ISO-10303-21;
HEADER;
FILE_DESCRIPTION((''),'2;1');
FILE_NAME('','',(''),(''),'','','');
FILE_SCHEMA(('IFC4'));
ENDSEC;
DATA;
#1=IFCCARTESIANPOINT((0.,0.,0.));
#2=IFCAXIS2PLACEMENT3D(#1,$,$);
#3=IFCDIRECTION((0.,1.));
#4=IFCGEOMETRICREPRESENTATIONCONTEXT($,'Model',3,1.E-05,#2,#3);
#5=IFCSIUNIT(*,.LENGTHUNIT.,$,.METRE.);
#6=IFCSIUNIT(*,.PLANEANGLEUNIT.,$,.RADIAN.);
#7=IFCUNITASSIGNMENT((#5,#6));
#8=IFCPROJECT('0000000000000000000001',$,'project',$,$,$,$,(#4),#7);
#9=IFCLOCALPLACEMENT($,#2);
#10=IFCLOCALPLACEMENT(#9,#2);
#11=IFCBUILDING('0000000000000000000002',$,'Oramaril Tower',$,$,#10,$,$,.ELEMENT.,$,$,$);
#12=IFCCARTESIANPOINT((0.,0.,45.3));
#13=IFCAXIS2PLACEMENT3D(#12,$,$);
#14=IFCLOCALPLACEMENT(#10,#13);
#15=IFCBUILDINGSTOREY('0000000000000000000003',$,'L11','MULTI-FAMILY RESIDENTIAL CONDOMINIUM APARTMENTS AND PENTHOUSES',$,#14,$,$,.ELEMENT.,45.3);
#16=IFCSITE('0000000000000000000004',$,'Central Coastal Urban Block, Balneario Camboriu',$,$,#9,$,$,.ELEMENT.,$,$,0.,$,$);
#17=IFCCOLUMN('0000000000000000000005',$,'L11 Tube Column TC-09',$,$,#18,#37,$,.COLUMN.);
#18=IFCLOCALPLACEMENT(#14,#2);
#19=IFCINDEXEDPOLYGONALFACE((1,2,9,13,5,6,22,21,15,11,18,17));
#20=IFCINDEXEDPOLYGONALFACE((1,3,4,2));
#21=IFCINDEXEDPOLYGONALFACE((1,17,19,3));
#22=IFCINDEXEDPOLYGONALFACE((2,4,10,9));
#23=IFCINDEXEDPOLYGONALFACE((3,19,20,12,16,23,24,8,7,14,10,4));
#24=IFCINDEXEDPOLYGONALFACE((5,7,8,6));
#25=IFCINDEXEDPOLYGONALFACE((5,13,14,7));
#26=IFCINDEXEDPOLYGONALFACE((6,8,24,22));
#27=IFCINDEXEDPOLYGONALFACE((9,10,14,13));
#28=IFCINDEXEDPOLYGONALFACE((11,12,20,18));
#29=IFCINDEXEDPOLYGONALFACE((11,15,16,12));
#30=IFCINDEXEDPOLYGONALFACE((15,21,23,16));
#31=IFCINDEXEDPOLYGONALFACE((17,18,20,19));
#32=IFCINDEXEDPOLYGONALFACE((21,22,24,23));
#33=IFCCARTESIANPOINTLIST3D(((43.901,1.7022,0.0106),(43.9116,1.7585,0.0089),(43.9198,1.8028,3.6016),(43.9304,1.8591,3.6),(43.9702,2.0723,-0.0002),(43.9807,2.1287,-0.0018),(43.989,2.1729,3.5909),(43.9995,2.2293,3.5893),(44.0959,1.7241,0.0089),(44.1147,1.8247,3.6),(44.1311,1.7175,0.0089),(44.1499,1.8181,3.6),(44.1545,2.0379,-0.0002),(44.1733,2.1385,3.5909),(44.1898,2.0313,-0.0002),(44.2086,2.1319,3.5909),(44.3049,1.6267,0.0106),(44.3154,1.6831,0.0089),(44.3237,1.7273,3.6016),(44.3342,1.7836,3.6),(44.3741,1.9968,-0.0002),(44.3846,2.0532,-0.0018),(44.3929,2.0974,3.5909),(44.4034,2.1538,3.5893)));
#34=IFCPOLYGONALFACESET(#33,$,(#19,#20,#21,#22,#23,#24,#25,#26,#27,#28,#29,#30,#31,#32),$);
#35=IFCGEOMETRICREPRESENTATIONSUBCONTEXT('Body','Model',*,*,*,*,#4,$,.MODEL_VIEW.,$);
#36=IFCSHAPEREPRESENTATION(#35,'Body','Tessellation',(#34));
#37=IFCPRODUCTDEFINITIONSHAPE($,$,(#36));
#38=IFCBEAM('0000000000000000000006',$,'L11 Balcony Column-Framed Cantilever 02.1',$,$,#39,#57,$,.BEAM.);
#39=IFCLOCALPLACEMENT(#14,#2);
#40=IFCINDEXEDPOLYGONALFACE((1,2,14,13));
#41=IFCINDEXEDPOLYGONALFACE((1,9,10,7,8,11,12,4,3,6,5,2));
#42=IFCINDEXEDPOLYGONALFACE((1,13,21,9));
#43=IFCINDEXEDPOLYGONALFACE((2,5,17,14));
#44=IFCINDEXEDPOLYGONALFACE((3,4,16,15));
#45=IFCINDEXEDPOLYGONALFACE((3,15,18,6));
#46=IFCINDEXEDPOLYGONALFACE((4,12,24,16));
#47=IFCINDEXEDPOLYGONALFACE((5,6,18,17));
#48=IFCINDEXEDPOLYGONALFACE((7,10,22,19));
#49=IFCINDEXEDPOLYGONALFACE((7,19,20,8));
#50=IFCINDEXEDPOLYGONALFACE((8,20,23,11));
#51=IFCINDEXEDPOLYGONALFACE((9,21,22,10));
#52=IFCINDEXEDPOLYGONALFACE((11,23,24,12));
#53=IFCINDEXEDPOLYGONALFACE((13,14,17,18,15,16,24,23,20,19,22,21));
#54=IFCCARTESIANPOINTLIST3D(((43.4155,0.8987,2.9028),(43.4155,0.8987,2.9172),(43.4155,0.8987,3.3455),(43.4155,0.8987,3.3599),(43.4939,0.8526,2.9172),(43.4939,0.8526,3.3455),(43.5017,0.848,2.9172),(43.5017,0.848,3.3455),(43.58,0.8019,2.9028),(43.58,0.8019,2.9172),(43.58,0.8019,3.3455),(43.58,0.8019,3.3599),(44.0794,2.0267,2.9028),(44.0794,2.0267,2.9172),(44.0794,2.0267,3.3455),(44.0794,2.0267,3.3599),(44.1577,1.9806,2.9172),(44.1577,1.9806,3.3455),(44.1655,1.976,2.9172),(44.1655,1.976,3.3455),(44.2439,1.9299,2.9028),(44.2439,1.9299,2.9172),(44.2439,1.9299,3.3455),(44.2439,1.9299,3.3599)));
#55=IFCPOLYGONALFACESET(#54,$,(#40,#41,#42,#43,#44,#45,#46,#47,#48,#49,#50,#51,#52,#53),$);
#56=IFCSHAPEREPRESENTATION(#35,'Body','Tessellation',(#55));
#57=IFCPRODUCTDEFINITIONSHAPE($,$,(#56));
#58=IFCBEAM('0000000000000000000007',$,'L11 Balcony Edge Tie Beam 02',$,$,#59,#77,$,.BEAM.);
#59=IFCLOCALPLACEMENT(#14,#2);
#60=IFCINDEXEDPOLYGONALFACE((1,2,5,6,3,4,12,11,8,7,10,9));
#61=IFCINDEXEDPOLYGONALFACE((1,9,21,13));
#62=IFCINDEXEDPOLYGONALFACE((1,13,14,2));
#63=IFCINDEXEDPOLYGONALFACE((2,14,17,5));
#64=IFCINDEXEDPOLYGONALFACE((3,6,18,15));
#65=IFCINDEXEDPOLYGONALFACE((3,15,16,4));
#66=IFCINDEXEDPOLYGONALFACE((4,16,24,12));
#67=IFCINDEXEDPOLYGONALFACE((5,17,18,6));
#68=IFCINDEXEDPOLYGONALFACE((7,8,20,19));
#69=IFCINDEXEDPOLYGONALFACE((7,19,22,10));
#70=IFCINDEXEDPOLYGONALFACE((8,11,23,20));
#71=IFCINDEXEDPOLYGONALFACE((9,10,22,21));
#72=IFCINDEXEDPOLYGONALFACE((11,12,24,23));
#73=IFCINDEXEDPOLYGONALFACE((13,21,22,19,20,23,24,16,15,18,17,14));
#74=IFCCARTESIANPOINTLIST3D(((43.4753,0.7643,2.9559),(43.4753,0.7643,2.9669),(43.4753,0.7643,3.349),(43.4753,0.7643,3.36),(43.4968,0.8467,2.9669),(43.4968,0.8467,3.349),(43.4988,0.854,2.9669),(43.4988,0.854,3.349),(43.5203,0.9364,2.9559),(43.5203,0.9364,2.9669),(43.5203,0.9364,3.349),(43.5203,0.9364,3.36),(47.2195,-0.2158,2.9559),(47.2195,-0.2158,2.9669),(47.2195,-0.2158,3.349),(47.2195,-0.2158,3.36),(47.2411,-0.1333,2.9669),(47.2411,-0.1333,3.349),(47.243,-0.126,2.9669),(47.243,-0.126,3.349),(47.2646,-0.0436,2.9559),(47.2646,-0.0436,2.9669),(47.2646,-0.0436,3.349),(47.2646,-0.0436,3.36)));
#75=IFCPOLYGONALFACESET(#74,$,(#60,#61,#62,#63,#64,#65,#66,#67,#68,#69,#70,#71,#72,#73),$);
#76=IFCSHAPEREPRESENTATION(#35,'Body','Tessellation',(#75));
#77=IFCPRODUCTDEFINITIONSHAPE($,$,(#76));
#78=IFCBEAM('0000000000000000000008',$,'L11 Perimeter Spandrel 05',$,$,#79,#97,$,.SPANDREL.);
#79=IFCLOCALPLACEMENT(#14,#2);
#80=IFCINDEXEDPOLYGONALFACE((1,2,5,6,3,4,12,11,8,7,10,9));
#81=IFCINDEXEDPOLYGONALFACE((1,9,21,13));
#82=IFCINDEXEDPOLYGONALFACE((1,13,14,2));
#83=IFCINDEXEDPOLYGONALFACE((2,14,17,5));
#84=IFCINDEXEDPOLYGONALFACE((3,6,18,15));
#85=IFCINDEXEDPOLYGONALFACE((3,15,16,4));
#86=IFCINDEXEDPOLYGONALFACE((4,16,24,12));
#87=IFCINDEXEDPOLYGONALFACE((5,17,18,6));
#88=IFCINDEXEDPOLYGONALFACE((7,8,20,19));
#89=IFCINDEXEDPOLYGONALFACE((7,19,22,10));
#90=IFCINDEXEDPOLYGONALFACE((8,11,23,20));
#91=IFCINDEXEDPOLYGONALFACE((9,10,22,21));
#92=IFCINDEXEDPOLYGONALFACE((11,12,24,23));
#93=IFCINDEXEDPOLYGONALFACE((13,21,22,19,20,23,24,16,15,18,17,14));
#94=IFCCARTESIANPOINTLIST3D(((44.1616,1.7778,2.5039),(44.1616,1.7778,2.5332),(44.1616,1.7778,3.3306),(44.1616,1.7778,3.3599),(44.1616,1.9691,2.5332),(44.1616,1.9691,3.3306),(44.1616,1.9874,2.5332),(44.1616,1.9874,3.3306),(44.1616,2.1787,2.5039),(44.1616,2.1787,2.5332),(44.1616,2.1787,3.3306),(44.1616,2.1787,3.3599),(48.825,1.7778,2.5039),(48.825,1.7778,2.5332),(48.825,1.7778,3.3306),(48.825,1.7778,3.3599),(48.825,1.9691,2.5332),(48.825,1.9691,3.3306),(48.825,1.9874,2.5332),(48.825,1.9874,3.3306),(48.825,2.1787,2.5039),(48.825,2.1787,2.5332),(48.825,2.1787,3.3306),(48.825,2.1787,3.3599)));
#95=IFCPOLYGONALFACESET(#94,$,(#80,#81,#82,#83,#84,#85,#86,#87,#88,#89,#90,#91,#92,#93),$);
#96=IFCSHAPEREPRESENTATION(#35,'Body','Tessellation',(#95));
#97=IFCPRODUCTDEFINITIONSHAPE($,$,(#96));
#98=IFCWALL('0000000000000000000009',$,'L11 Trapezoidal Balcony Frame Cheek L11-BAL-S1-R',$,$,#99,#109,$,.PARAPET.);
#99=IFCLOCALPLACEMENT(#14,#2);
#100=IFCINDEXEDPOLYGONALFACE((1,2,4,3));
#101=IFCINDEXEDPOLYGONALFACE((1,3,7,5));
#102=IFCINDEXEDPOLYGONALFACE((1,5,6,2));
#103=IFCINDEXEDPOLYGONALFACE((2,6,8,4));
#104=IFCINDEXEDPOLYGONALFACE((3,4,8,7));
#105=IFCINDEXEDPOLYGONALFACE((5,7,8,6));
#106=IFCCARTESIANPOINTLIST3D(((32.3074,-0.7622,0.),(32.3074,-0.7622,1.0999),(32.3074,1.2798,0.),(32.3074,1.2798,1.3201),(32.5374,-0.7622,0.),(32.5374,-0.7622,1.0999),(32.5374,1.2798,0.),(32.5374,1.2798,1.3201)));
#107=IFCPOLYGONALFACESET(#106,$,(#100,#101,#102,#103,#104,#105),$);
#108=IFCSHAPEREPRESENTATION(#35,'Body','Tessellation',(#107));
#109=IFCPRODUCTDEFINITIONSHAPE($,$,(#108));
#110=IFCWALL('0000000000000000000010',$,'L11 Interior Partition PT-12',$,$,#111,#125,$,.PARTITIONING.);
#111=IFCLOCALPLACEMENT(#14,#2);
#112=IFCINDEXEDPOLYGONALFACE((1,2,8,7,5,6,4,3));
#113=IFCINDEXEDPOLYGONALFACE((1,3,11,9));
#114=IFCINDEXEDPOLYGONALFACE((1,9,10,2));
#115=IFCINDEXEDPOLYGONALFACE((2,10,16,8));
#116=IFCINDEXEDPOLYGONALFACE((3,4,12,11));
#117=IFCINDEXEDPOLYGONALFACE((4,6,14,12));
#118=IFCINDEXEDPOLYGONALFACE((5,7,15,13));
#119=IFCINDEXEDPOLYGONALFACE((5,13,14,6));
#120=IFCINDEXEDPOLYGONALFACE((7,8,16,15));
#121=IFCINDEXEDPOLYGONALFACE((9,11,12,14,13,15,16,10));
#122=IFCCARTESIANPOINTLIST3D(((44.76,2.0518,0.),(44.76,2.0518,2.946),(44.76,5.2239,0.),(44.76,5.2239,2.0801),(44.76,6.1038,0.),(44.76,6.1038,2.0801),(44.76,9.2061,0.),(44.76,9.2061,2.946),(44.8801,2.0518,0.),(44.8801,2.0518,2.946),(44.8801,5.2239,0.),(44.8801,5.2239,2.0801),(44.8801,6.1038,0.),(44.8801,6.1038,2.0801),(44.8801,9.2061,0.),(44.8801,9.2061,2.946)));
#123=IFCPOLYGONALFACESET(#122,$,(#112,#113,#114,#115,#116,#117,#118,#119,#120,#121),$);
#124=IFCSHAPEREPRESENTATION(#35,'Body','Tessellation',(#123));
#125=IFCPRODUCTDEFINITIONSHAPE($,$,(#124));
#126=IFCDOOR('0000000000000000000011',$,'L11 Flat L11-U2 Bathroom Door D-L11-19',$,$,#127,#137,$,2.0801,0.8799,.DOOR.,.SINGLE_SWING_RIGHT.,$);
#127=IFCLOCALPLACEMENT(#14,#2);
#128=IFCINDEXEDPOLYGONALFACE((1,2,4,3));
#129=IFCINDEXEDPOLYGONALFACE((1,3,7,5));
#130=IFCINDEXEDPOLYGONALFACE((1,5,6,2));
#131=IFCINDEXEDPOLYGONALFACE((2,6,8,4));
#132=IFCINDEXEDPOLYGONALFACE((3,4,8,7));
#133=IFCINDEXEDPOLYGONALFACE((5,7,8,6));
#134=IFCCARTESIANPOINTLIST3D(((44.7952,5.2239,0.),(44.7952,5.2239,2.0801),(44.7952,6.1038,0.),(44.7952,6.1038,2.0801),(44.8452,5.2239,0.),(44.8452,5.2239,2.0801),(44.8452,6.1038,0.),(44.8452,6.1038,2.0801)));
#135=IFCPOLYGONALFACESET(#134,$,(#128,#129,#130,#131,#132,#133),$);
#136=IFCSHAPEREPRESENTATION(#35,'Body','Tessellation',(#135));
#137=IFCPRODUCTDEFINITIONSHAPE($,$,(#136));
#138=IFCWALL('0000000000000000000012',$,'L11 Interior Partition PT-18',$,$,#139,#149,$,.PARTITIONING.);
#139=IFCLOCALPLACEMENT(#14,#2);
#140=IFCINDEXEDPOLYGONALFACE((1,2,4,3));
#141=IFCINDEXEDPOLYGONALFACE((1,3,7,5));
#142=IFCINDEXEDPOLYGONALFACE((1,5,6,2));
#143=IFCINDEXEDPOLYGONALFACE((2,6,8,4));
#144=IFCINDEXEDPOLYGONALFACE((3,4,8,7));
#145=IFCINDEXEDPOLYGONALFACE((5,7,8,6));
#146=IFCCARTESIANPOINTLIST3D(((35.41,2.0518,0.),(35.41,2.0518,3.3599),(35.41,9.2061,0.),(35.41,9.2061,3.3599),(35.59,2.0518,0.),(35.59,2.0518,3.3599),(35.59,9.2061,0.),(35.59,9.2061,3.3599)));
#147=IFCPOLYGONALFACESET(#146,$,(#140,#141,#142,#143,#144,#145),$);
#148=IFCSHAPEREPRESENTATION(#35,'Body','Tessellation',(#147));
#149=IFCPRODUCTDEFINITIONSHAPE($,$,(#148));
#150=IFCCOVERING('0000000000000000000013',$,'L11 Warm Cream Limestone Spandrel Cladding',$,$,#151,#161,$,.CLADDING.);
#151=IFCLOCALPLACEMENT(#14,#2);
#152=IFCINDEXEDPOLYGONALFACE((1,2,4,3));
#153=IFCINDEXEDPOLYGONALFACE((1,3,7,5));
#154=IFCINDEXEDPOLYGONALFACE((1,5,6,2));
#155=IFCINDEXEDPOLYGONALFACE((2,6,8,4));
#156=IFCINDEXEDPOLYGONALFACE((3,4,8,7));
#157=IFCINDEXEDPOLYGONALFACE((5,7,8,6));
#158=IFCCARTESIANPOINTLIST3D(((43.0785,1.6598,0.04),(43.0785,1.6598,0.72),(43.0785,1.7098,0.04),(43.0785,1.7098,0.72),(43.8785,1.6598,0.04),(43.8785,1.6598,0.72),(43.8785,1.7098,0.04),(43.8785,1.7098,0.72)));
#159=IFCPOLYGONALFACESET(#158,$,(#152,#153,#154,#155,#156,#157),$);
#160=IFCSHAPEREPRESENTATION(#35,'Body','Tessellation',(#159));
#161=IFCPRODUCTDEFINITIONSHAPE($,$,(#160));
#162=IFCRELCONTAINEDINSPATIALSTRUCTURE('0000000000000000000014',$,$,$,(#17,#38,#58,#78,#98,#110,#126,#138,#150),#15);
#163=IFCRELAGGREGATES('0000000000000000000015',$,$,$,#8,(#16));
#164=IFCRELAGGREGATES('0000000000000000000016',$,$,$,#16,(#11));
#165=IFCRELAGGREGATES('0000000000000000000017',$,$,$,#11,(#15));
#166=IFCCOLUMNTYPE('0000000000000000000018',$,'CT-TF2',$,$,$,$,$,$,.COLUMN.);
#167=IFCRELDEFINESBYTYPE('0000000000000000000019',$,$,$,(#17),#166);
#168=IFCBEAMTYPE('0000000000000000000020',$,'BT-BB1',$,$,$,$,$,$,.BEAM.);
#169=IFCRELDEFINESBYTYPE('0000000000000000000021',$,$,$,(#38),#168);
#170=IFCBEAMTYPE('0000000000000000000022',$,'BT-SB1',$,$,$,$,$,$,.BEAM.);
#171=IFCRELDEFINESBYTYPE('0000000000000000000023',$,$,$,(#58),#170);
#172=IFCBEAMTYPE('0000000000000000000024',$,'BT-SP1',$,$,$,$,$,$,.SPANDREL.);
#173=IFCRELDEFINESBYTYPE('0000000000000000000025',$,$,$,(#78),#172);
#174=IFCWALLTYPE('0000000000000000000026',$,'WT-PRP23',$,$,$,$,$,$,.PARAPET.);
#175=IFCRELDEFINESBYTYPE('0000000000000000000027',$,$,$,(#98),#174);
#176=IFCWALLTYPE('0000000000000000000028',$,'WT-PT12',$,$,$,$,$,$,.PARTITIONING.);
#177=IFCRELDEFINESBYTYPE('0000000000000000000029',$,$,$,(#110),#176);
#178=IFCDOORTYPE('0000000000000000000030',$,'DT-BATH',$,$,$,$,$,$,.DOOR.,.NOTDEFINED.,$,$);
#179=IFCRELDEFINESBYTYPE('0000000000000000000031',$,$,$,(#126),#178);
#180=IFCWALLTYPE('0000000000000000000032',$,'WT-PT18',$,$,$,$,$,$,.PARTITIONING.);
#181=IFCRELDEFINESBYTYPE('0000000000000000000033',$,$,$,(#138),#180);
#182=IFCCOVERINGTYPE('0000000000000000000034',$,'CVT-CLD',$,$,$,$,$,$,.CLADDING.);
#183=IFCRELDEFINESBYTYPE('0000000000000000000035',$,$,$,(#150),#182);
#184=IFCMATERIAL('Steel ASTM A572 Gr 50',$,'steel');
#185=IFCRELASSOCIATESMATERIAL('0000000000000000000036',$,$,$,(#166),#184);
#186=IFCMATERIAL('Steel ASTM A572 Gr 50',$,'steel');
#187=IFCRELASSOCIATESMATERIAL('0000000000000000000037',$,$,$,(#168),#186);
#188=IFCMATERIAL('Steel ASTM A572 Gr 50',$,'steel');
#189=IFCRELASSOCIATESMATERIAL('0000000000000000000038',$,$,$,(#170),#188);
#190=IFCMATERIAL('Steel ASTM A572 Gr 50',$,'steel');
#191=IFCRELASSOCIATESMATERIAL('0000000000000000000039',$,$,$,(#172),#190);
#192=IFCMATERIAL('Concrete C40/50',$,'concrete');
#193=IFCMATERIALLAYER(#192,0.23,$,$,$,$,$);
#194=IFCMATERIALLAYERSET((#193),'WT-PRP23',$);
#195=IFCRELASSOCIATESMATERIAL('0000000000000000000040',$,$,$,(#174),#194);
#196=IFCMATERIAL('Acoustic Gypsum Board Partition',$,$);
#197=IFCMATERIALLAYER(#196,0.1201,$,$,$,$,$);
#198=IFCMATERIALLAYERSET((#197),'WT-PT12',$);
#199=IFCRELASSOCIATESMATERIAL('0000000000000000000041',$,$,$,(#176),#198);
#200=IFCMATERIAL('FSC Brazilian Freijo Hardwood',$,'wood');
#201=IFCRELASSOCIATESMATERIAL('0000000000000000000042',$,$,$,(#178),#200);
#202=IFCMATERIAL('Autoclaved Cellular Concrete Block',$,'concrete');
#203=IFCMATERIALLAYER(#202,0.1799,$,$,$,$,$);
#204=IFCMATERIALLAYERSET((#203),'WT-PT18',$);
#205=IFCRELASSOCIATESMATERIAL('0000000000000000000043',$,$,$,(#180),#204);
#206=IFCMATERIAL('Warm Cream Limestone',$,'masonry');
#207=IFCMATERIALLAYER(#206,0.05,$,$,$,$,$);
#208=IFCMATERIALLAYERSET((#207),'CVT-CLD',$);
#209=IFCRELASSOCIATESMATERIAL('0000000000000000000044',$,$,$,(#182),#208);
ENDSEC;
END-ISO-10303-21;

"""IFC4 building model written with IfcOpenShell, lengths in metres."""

from ifc_helpers import new_model, si_unit, direction, frame, frame_2d, origin, origin_2d, place, context, subcontext, project, spatial, polyline, rectangle, i_section, outline, extrude, material, layer, layer_set, material_profile, profile_set, type_object, element, fill, save


model = new_model("IFC4")

# Units and contexts
model_context = context("Model", 3, precision=1e-05, world=origin(), true_north=direction((0.0, 1.0)))
body_context = subcontext(model_context, "Body", "Model", "MODEL_VIEW")
ifc_project = project(units=[si_unit("LENGTHUNIT", "METRE"), si_unit("PLANEANGLEUNIT", "RADIAN")], contexts=[model_context])

# Site, building, storey
site_placement = place(None, origin())
site = spatial("IfcSite", under=ifc_project, at=site_placement, Name="Central Coastal Urban Block, Balneario Camboriu", CompositionType="ELEMENT", RefElevation=0.0)
building_placement = place(site_placement, origin())
building = spatial("IfcBuilding", under=site, at=building_placement, Name="Oramaril Tower", CompositionType="ELEMENT")
storey_placement = place(building_placement, frame((0.0, 0.0, 45.3)))
storey = spatial("IfcBuildingStorey", under=building, at=storey_placement, Name="L11", Description="MULTI-FAMILY RESIDENTIAL CONDOMINIUM APARTMENTS AND PENTHOUSES", CompositionType="ELEMENT", Elevation=45.3)

# Column
ifc_material_1 = material(Name="Steel ASTM A572 Gr 50", Category="steel")
ifc_material_profile_1 = material_profile(ifc_material_1, i_section(OverallWidth=0.4109, OverallDepth=0.4341, WebThickness=0.0359, FlangeThickness=0.0574, at=origin_2d()), Name="W14X311")
ifc_profile_set_1 = profile_set([ifc_material_profile_1], Name="Steel ASTM A572 Gr 50")
column_type = type_object("IfcColumnType", Name="CT-TF2", PredefinedType="COLUMN", material=ifc_profile_set_1)
column_placement = place(storey_placement, frame((44.1428, 1.8777, 0.0044), z_axis=(0.005233, 0.027999, 0.999594), x_axis=(-0.98298, 0.183712, 0.0)))
element("IfcColumn", 1, at=column_placement, inside=storey, type_object=column_type, Name="L11 Tube Column TC-09", PredefinedType="COLUMN", context=body_context, shape_type="SweptSolid", body=[
    extrude(i_section(OverallWidth=0.4109, OverallDepth=0.4341, WebThickness=0.0359, FlangeThickness=0.0574, at=origin_2d()), origin(), (0.0, 0.0, 1.0), 3.5925),
])

# Beams
ifc_material_2 = material(Name="Steel ASTM A572 Gr 50", Category="steel")
ifc_material_profile_2 = material_profile(ifc_material_2, i_section(OverallWidth=0.1909, OverallDepth=0.457, WebThickness=0.009, FlangeThickness=0.0144, at=origin_2d()), Name="W18X50")
ifc_profile_set_2 = profile_set([ifc_material_profile_2], Name="Steel ASTM A572 Gr 50")
beam_type_1 = type_object("IfcBeamType", Name="BT-BB1", PredefinedType="BEAM", material=ifc_profile_set_2)
beam_1_placement = place(storey_placement, frame((44.1616, 1.9783, 3.1313), z_axis=(-0.507208, -0.861824, 0.0), x_axis=(0.861824, -0.507208, 0.0)))
element("IfcBeam", 2, at=beam_1_placement, inside=storey, type_object=beam_type_1, Name="L11 Balcony Column-Framed Cantilever 02.1", PredefinedType="BEAM", context=body_context, shape_type="SweptSolid", body=[
    extrude(i_section(OverallWidth=0.1909, OverallDepth=0.457, WebThickness=0.009, FlangeThickness=0.0144, at=origin_2d()), origin(), (0.0, 0.0, 1.0), 1.3088),
])
ifc_material_3 = material(Name="Steel ASTM A572 Gr 50", Category="steel")
ifc_material_profile_3 = material_profile(ifc_material_3, i_section(OverallWidth=0.178, OverallDepth=0.4041, WebThickness=0.0076, FlangeThickness=0.011, at=origin_2d()), Name="W16X36")
ifc_profile_set_3 = profile_set([ifc_material_profile_3], Name="Steel ASTM A572 Gr 50")
beam_type_2 = type_object("IfcBeamType", Name="BT-SB1", PredefinedType="BEAM", material=ifc_profile_set_3)
beam_2_placement = place(storey_placement, frame((43.4978, 0.8503, 3.158), z_axis=(0.967412, -0.253208, 0.0), x_axis=(0.253208, 0.967412, 0.0)))
element("IfcBeam", 3, at=beam_2_placement, inside=storey, type_object=beam_type_2, Name="L11 Balcony Edge Tie Beam 02", PredefinedType="BEAM", context=body_context, shape_type="SweptSolid", body=[
    extrude(i_section(OverallWidth=0.178, OverallDepth=0.4041, WebThickness=0.0076, FlangeThickness=0.011, at=origin_2d()), origin(), (0.0, 0.0, 1.0), 3.8704),
])
ifc_material_4 = material(Name="Steel ASTM A572 Gr 50", Category="steel")
ifc_material_profile_4 = material_profile(ifc_material_4, i_section(OverallWidth=0.4009, OverallDepth=0.856, WebThickness=0.0183, FlangeThickness=0.0293, at=origin_2d()), Name="W33X201")
ifc_profile_set_4 = profile_set([ifc_material_profile_4], Name="Steel ASTM A572 Gr 50")
beam_type_3 = type_object("IfcBeamType", Name="BT-SP1", PredefinedType="SPANDREL", material=ifc_profile_set_4)
beam_3_placement = place(storey_placement, frame((44.1616, 1.9783, 2.9319), z_axis=(1.0, 0.0, 0.0), x_axis=(0.0, 1.0, 0.0)))
element("IfcBeam", 4, at=beam_3_placement, inside=storey, type_object=beam_type_3, Name="L11 Perimeter Spandrel 05", PredefinedType="SPANDREL", context=body_context, shape_type="SweptSolid", body=[
    extrude(i_section(OverallWidth=0.4009, OverallDepth=0.856, WebThickness=0.0183, FlangeThickness=0.0293, at=origin_2d()), origin(), (0.0, 0.0, 1.0), 4.6633),
])

# Wall
ifc_material_5 = material(Name="Concrete C40/50", Category="concrete")
ifc_layer_1 = layer(ifc_material_5, 0.23)
ifc_layer_set_1 = layer_set([ifc_layer_1], Name="WT-PRP23")
wall_type_1 = type_object("IfcWallType", Name="WT-PRP23", PredefinedType="PARAPET", material=ifc_layer_set_1)
wall_1_placement = place(storey_placement, frame((32.4224, 1.2798, 0.0), z_axis=(0.0, 0.0, 1.0), x_axis=(0.0, -1.0, 0.0)))
element("IfcWall", 5, at=wall_1_placement, inside=storey, type_object=wall_type_1, Name="L11 Trapezoidal Balcony Frame Cheek L11-BAL-S1-R", PredefinedType="PARAPET", context=body_context, shape_type="SweptSolid", body=[
    extrude(outline(polyline([(0.0, 0.0), (2.042, 0.0), (2.042, 1.0999), (0.0, 1.3201), (0.0, 0.0)])), frame((0.0, 0.115, 0.0), z_axis=(0.0, -1.0, 0.0), x_axis=(1.0, 0.0, 0.0)), (0.0, 0.0, 1.0), 0.23),
])

# Wall, opening, door
ifc_material_6 = material(Name="Acoustic Gypsum Board Partition")
ifc_layer_2 = layer(ifc_material_6, 0.1201)
ifc_layer_set_2 = layer_set([ifc_layer_2], Name="WT-PT12")
wall_type_2 = type_object("IfcWallType", Name="WT-PT12", PredefinedType="PARTITIONING", material=ifc_layer_set_2)
wall_2_placement = place(storey_placement, frame((44.8201, 2.0518, 0.0), z_axis=(0.0, 0.0, 1.0), x_axis=(0.0, 1.0, 0.0)))
wall_2 = element("IfcWall", 6, at=wall_2_placement, inside=storey, type_object=wall_type_2, Name="L11 Interior Partition PT-12", PredefinedType="PARTITIONING", context=body_context, shape_type="SweptSolid", body=[
    extrude(rectangle(XDim=7.1543, YDim=0.1201, at=frame_2d((3.5771, 0.0))), origin(), (0.0, 0.0, 1.0), 2.946),
])
opening_placement = place(wall_2_placement, frame((3.1721, 0.0, 0.0)))
opening = element("IfcOpeningElement", 7, at=opening_placement, cuts=wall_2, PredefinedType="OPENING", context=body_context, shape_type="SweptSolid", body=[
    extrude(rectangle(XDim=0.8799, YDim=2.0801, at=frame_2d((0.4399, 1.04))), frame((0.0, 0.0601, 0.0), z_axis=(0.0, -1.0, 0.0), x_axis=(1.0, 0.0, 0.0)), (0.0, 0.0, 1.0), 0.1201),
])
ifc_material_7 = material(Name="FSC Brazilian Freijo Hardwood", Category="wood")
door_type = type_object("IfcDoorType", Name="DT-BATH", OperationType="NOTDEFINED", PredefinedType="DOOR", material=ifc_material_7)
door_placement = place(opening_placement, origin())
door = element("IfcDoor", 8, at=door_placement, inside=storey, type_object=door_type, Name="L11 Flat L11-U2 Bathroom Door D-L11-19", OperationType="SINGLE_SWING_RIGHT", OverallHeight=2.0801, OverallWidth=0.8799, PredefinedType="DOOR", context=body_context, shape_type="SweptSolid", body=[
    extrude(rectangle(XDim=0.8799, YDim=2.0801, at=frame_2d((0.4399, 1.04))), frame((0.0, 0.0249, 0.0), z_axis=(0.0, -1.0, 0.0), x_axis=(1.0, 0.0, 0.0)), (0.0, 0.0, 1.0), 0.05),
])
fill(opening, door)

# Wall
ifc_material_8 = material(Name="Autoclaved Cellular Concrete Block", Category="concrete")
ifc_layer_3 = layer(ifc_material_8, 0.1799)
ifc_layer_set_3 = layer_set([ifc_layer_3], Name="WT-PT18")
wall_type_3 = type_object("IfcWallType", Name="WT-PT18", PredefinedType="PARTITIONING", material=ifc_layer_set_3)
wall_3_placement = place(storey_placement, frame((35.5, 2.0518, 0.0), z_axis=(0.0, 0.0, 1.0), x_axis=(0.0, 1.0, 0.0)))
element("IfcWall", 9, at=wall_3_placement, inside=storey, type_object=wall_type_3, Name="L11 Interior Partition PT-18", PredefinedType="PARTITIONING", context=body_context, shape_type="SweptSolid", body=[
    extrude(rectangle(XDim=7.1543, YDim=0.1799, at=frame_2d((3.5771, 0.0))), origin(), (0.0, 0.0, 1.0), 3.3599),
])

# Covering
ifc_material_9 = material(Name="Warm Cream Limestone", Category="masonry")
ifc_layer_4 = layer(ifc_material_9, 0.05)
ifc_layer_set_4 = layer_set([ifc_layer_4], Name="CVT-CLD")
covering_type = type_object("IfcCoveringType", Name="CVT-CLD", PredefinedType="CLADDING", material=ifc_layer_set_4)
covering_placement = place(storey_placement, frame((43.4785, 1.6848, 0.04), z_axis=(0.0, 0.0, 1.0), x_axis=(1.0, 0.0, 0.0)))
element("IfcCovering", 10, at=covering_placement, inside=storey, type_object=covering_type, Name="L11 Warm Cream Limestone Spandrel Cladding", PredefinedType="CLADDING", context=body_context, shape_type="SweptSolid", body=[
    extrude(rectangle(XDim=0.8, YDim=0.05, at=origin_2d()), origin(), (0.0, 0.0, 1.0), 0.6799),
])

save(model, "model.ifc")
